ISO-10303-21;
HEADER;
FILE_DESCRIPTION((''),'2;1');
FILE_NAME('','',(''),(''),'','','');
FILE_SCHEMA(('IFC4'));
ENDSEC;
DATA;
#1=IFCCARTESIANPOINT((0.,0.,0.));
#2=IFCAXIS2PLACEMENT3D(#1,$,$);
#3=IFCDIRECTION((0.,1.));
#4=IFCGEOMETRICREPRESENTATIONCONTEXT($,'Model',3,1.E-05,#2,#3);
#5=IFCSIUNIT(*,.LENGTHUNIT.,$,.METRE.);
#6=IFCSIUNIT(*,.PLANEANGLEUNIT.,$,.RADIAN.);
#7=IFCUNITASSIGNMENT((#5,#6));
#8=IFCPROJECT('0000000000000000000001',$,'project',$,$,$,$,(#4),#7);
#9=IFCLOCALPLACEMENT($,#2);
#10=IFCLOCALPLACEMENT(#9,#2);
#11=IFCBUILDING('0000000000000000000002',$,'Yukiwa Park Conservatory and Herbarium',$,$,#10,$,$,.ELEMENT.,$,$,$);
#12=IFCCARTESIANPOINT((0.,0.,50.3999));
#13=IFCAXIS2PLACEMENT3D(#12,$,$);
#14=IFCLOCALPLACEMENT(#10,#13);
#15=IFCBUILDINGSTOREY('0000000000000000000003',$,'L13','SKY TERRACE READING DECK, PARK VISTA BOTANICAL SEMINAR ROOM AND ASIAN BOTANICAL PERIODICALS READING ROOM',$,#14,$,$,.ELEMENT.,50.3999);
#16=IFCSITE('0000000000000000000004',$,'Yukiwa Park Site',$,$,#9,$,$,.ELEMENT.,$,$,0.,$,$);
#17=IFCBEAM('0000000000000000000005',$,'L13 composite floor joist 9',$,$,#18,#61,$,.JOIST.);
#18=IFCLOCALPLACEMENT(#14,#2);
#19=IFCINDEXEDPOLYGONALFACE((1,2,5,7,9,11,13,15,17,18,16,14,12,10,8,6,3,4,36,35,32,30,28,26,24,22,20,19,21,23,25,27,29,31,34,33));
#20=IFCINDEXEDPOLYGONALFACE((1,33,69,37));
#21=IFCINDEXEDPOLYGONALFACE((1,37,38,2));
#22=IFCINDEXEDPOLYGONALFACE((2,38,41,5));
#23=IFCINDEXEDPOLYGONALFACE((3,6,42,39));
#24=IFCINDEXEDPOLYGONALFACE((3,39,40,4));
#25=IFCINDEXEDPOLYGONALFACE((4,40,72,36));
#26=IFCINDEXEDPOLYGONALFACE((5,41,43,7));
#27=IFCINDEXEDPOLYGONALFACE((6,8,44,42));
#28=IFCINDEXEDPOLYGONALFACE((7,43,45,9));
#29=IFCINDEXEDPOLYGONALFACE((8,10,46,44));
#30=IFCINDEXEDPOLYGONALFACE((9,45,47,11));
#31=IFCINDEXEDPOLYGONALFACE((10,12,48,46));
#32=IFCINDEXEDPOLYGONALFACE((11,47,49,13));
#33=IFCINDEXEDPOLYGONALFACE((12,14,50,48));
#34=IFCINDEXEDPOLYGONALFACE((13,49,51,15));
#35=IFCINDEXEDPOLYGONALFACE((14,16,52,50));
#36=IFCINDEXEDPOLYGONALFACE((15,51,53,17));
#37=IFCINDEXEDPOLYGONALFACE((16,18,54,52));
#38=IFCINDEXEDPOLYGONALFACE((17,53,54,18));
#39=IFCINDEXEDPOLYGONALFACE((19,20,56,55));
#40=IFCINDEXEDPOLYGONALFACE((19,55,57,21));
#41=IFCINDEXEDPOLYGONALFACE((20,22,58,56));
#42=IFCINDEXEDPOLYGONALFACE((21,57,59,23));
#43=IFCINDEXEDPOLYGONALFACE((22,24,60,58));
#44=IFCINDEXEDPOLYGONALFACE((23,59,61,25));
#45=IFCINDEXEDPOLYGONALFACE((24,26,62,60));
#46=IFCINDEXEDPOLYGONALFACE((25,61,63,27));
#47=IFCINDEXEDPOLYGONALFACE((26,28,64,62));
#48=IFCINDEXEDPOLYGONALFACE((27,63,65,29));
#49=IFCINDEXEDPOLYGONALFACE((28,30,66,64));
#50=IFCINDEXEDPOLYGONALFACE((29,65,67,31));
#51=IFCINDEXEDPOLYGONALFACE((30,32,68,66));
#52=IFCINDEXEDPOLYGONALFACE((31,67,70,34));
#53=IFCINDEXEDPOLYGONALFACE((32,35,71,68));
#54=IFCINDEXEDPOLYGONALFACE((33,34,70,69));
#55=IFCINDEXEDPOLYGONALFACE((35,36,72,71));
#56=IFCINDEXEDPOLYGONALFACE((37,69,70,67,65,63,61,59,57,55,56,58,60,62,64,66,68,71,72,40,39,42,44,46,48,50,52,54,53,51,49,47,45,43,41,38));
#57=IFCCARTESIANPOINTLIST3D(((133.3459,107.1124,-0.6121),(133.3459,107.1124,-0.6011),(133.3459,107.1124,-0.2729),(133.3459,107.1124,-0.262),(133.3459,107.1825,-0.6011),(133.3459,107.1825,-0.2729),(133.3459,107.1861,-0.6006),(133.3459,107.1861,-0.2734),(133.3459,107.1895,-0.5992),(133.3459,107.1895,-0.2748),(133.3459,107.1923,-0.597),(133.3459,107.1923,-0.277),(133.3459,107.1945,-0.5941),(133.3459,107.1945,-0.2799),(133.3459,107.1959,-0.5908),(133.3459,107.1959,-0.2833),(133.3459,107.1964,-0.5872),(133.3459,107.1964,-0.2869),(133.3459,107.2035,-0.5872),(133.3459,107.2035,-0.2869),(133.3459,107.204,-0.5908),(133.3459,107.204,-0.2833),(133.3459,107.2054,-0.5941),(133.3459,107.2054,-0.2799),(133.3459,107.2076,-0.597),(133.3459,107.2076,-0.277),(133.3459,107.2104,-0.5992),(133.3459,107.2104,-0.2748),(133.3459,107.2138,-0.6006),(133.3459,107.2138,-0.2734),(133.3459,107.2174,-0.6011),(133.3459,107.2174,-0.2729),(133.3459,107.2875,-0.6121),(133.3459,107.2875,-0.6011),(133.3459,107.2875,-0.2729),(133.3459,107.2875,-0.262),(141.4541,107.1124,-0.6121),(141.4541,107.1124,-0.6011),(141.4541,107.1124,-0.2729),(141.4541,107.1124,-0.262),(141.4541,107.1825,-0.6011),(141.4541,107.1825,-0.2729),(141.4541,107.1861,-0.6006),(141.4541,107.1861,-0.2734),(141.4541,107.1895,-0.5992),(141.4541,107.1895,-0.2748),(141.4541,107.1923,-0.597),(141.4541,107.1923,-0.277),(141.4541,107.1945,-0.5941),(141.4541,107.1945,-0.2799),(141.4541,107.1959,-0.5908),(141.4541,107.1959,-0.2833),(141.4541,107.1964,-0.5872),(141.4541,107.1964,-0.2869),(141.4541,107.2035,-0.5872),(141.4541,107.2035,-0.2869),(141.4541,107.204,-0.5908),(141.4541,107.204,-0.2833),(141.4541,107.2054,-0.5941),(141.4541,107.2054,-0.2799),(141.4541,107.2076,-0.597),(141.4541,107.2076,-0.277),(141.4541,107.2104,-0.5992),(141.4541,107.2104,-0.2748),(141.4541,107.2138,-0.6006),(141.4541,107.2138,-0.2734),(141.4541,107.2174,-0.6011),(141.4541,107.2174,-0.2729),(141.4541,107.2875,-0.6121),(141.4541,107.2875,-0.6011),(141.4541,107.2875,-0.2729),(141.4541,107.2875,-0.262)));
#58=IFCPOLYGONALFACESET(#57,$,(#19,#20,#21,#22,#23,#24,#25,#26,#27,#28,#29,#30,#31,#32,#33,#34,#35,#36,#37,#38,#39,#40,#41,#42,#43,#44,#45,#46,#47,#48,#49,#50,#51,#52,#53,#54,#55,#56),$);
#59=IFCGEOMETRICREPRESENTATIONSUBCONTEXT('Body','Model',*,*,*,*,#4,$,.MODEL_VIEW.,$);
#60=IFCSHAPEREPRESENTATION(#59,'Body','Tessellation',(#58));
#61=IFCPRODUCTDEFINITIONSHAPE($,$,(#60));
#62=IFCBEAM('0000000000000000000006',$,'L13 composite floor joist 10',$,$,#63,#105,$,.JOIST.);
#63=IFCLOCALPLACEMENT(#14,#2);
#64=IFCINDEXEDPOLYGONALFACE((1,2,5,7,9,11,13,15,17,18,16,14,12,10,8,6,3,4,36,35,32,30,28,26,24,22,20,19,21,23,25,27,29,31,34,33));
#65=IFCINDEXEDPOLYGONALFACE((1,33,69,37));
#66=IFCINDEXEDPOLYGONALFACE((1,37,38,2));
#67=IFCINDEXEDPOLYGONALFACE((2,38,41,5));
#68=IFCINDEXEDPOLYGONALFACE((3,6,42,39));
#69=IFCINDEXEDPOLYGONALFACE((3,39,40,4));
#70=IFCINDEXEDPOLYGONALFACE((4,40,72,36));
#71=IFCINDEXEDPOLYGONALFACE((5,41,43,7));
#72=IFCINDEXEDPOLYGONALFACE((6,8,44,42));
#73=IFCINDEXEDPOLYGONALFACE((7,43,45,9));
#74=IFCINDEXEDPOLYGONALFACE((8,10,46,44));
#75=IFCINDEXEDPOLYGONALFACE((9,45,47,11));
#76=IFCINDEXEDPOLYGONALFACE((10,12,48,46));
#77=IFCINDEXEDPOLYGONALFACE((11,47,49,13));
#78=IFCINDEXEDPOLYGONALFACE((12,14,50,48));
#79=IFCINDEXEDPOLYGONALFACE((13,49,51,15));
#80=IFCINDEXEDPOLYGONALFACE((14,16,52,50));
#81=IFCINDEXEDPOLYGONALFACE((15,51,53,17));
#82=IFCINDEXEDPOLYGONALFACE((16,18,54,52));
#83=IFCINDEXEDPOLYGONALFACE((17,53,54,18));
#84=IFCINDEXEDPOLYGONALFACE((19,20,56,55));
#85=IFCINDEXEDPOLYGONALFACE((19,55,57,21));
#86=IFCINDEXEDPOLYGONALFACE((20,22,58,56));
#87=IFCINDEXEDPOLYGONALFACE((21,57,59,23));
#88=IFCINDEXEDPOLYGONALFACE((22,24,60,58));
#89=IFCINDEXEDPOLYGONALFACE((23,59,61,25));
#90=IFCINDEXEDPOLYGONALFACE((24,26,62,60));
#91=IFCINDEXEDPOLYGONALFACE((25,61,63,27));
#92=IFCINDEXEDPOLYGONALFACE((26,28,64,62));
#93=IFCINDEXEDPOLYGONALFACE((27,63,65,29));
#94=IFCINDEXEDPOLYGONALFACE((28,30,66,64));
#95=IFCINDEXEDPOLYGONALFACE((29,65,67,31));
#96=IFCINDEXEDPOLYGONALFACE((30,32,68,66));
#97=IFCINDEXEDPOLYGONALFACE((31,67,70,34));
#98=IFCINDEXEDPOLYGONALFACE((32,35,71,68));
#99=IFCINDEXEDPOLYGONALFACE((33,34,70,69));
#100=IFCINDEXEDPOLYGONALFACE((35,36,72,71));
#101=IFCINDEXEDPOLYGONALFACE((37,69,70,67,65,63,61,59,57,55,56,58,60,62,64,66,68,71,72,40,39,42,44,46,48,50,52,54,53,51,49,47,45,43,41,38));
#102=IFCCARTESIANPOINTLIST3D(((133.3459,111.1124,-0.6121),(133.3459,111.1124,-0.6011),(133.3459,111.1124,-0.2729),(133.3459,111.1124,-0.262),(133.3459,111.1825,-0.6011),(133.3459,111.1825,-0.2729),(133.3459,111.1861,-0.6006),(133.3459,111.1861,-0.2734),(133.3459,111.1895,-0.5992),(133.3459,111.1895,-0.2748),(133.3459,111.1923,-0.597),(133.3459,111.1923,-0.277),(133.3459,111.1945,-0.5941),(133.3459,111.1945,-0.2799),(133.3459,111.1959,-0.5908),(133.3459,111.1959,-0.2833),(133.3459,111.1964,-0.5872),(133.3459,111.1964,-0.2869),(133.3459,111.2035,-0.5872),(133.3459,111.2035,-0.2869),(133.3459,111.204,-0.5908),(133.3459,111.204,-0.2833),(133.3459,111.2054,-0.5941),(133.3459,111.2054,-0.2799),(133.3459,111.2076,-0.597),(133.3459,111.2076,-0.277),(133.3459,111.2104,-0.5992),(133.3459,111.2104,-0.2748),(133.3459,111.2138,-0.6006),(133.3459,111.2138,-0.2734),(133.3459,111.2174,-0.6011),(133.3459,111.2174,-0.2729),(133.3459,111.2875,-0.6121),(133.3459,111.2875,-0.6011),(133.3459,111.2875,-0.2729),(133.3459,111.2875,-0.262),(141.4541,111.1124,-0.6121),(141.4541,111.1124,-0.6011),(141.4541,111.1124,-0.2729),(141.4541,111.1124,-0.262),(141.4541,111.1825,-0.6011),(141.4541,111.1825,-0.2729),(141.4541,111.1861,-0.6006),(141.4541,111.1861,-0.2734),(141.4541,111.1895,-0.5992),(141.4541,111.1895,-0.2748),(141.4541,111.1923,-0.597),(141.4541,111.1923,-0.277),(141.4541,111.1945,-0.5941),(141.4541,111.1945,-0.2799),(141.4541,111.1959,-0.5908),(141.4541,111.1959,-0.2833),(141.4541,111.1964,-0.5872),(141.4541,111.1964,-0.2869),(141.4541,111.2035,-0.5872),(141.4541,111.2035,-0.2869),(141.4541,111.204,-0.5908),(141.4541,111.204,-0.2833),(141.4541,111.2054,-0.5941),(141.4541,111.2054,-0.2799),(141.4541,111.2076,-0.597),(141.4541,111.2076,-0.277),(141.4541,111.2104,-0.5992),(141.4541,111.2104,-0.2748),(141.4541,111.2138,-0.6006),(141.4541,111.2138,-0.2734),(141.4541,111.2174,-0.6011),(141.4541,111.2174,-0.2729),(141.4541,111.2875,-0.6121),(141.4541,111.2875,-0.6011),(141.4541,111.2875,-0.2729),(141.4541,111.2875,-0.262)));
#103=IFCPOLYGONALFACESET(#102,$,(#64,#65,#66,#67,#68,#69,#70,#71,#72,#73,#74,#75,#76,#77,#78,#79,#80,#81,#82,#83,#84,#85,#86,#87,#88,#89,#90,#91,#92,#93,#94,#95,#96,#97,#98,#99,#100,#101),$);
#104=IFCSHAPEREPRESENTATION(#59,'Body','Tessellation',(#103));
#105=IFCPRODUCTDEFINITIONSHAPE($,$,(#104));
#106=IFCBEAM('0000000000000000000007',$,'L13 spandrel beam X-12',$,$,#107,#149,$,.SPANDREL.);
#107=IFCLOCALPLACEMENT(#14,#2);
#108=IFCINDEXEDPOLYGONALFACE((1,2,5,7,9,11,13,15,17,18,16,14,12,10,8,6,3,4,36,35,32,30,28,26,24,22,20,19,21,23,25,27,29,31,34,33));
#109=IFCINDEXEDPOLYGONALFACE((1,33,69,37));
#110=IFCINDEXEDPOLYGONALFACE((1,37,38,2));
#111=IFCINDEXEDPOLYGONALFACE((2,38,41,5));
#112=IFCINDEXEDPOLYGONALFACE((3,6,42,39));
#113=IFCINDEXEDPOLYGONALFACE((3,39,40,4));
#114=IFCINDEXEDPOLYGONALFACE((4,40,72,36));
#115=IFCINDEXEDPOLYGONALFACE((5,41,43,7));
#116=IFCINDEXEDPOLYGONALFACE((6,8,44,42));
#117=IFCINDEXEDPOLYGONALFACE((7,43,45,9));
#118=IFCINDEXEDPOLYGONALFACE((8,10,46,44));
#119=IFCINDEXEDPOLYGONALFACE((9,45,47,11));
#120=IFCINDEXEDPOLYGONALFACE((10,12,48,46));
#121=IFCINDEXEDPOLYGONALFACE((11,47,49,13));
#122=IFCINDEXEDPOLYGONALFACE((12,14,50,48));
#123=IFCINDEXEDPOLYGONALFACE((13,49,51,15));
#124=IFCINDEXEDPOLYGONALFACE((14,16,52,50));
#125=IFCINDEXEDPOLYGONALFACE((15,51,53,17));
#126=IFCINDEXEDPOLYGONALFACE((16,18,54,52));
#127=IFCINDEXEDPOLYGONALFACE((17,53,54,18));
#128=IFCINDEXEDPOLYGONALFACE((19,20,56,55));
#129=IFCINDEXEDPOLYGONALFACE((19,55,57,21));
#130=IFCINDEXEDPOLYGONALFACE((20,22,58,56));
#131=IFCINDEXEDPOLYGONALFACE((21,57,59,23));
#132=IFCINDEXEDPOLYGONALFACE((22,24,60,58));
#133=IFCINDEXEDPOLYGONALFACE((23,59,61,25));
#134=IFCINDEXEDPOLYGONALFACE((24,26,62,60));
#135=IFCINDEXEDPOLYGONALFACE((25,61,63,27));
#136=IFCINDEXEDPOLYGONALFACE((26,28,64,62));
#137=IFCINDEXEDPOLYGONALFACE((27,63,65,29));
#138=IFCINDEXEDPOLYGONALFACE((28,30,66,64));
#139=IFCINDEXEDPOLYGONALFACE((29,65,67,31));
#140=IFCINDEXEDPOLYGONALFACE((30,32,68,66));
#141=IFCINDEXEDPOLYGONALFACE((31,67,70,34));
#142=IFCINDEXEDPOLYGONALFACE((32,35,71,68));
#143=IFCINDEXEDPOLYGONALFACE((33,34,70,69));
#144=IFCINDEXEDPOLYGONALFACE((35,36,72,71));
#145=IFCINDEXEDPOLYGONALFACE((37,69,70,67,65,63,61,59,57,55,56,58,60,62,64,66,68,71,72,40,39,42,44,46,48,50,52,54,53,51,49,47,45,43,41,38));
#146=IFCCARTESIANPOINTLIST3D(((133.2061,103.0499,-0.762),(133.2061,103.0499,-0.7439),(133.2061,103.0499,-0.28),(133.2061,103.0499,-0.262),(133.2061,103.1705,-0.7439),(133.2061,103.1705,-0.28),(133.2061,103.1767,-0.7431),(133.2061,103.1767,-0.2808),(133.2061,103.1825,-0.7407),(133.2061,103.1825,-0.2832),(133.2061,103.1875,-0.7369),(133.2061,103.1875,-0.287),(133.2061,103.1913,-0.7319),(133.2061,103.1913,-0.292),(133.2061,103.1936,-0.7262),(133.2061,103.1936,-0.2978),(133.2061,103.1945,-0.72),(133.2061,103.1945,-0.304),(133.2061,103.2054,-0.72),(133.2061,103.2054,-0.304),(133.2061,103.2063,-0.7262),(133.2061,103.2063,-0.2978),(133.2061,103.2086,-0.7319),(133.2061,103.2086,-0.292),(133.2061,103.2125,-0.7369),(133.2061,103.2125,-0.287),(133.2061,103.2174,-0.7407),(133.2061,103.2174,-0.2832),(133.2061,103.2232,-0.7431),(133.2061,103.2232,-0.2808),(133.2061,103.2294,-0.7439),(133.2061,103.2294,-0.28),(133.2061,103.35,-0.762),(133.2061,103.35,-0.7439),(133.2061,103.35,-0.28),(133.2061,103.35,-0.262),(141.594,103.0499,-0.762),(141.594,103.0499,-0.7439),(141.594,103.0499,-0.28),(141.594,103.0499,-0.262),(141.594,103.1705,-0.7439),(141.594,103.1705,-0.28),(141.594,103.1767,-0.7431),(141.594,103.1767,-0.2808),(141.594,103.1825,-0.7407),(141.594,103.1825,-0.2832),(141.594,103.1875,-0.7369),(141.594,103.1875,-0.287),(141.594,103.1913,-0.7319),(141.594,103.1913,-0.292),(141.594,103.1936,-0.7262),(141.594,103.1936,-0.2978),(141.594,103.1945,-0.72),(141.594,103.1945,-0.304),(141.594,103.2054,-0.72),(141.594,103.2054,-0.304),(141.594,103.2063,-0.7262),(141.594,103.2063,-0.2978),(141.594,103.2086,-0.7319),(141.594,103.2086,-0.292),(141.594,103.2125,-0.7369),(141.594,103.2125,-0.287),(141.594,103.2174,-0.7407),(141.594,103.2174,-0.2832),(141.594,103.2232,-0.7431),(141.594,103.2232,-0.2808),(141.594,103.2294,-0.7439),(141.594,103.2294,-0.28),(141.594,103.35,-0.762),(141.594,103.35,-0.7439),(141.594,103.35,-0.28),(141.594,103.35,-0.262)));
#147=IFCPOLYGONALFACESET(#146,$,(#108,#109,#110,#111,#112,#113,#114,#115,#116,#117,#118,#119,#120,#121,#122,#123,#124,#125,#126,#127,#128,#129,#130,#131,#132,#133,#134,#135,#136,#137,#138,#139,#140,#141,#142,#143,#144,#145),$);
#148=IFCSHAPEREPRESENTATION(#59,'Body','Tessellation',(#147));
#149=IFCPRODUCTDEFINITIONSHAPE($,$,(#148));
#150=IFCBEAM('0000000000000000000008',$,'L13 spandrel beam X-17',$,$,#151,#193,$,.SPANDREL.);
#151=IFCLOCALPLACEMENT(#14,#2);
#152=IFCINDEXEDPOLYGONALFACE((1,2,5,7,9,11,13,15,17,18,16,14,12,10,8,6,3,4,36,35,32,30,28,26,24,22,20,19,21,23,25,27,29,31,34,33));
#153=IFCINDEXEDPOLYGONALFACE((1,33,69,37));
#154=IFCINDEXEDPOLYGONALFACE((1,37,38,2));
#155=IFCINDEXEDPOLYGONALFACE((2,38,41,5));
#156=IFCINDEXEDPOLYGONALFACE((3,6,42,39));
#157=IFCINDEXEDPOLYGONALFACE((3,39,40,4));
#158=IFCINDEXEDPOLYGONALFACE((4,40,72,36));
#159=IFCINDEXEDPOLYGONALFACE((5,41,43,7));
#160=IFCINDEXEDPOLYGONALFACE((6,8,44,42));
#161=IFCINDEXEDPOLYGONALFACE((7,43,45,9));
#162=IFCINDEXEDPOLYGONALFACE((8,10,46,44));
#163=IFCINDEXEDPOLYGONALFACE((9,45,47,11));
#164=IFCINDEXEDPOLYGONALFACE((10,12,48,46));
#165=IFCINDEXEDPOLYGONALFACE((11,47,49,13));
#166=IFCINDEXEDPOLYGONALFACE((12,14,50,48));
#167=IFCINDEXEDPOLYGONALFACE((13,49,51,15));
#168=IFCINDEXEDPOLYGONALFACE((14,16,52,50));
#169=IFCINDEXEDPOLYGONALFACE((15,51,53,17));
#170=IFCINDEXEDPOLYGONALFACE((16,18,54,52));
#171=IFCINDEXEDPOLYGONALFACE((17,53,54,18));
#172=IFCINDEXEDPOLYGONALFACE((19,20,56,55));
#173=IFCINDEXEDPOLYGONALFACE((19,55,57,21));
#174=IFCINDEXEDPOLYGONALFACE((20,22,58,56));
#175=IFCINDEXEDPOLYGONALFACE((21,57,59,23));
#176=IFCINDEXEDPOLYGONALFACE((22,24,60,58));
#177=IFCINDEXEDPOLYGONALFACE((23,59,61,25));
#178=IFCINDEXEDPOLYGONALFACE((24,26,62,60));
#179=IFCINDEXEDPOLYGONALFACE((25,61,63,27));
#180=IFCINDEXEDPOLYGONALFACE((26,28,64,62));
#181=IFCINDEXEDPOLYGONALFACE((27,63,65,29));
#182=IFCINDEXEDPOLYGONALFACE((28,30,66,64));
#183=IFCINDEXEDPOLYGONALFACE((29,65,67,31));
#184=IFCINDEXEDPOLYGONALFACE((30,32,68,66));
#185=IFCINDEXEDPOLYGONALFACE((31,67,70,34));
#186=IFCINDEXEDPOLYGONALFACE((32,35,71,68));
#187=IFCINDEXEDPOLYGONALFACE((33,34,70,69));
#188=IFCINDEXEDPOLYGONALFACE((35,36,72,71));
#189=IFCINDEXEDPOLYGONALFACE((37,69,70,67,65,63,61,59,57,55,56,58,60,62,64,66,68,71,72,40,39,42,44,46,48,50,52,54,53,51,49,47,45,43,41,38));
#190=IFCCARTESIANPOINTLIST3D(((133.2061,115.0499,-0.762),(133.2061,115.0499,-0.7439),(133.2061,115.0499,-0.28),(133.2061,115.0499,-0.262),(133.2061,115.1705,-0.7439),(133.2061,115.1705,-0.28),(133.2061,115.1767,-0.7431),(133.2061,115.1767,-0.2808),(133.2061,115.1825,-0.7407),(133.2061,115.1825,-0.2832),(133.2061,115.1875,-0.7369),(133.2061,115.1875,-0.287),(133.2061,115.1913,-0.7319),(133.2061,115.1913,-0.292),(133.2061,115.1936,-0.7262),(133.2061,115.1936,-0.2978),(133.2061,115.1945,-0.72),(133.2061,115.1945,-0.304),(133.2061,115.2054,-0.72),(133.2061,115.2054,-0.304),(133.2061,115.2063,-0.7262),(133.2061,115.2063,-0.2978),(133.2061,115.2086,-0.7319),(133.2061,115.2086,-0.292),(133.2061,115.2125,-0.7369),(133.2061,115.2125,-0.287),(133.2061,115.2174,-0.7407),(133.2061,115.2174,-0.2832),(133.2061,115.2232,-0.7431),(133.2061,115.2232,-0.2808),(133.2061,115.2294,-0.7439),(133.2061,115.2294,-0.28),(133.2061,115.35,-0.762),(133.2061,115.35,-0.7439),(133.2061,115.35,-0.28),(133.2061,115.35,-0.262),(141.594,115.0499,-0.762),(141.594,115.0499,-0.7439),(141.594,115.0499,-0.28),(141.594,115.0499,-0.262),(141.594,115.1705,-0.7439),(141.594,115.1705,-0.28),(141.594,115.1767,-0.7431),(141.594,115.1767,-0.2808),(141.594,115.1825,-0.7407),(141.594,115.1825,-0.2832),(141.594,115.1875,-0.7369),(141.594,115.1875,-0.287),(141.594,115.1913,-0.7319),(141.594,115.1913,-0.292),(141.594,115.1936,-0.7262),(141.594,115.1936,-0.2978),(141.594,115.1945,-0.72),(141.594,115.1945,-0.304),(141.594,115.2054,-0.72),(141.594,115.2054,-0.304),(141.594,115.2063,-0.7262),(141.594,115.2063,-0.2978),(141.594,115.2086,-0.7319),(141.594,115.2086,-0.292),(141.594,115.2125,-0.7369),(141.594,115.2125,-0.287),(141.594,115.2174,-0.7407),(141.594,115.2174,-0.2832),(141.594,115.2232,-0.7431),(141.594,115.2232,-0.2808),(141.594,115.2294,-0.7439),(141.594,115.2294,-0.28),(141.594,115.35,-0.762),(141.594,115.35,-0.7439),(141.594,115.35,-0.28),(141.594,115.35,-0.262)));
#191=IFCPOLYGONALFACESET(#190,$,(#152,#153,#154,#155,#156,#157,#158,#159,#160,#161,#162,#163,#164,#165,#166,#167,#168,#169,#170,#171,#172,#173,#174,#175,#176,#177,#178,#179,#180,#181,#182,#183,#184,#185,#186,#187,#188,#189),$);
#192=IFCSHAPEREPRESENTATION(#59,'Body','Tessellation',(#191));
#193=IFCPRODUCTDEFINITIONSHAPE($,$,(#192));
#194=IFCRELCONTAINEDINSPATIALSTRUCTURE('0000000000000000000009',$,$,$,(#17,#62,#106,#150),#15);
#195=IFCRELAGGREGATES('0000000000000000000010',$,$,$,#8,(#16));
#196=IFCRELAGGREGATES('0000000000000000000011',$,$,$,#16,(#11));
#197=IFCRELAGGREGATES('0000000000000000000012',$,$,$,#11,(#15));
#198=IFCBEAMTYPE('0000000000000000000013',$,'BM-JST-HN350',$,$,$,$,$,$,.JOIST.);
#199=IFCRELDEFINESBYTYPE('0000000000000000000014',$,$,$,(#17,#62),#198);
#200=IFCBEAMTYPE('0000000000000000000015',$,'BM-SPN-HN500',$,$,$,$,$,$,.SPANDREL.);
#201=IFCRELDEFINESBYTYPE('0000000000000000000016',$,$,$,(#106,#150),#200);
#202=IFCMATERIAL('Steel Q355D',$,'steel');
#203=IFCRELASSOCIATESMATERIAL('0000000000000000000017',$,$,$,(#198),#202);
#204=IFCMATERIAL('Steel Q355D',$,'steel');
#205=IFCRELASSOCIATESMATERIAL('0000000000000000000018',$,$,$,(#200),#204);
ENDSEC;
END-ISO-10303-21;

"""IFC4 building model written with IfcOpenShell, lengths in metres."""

from ifc_helpers import new_model, si_unit, direction, frame, origin, origin_2d, place, context, subcontext, project, spatial, i_section, extrude, material, material_profile, profile_set, type_object, element, save


model = new_model("IFC4")

# Units and contexts
model_context = context("Model", 3, precision=1e-05, world=origin(), true_north=direction((0.0, 1.0)))
body_context = subcontext(model_context, "Body", "Model", "MODEL_VIEW")
ifc_project = project(units=[si_unit("LENGTHUNIT", "METRE"), si_unit("PLANEANGLEUNIT", "RADIAN")], contexts=[model_context])

# Site, building, storey
site_placement = place(None, origin())
site = spatial("IfcSite", under=ifc_project, at=site_placement, Name="Yukiwa Park Site", CompositionType="ELEMENT", RefElevation=0.0)
building_placement = place(site_placement, origin())
building = spatial("IfcBuilding", under=site, at=building_placement, Name="Yukiwa Park Conservatory and Herbarium", CompositionType="ELEMENT")
storey_placement = place(building_placement, frame((0.0, 0.0, 50.3999)))
storey = spatial("IfcBuildingStorey", under=building, at=storey_placement, Name="L13", Description="SKY TERRACE READING DECK, PARK VISTA BOTANICAL SEMINAR ROOM AND ASIAN BOTANICAL PERIODICALS READING ROOM", CompositionType="ELEMENT", Elevation=50.3999)

# Beams
ifc_material_1 = material(Name="Steel Q355D", Category="steel")
ifc_material_profile_1 = material_profile(ifc_material_1, i_section(OverallWidth=0.175, OverallDepth=0.3501, WebThickness=0.0071, FlangeThickness=0.011, FilletRadius=0.0139, at=origin_2d()), Name="HN 350x175x7x11")
ifc_profile_set_1 = profile_set([ifc_material_profile_1], Name="Steel Q355D")
beam_type_1 = type_object("IfcBeamType", Name="BM-JST-HN350", PredefinedType="JOIST", material=ifc_profile_set_1)
for number, where, z_axis, x_axis, name in (
    (1, (133.3459, 107.2, -0.437), (1.0, 0.0, 0.0), (0.0, 1.0, 0.0), "L13 composite floor joist 9"),
    (2, (133.3459, 111.2, -0.437), (1.0, 0.0, 0.0), (0.0, 1.0, 0.0), "L13 composite floor joist 10"),
):
    element("IfcBeam", number, at=place(storey_placement, frame(where, z_axis=z_axis, x_axis=x_axis)), inside=storey, type_object=beam_type_1, Name=name, PredefinedType="JOIST", context=body_context, shape_type="SweptSolid", body=[
        extrude(i_section(OverallWidth=0.175, OverallDepth=0.3501, WebThickness=0.0071, FlangeThickness=0.011, FilletRadius=0.0139, at=origin_2d()), origin(), (0.0, 0.0, 1.0), 8.1082),
    ])
ifc_material_2 = material(Name="Steel Q355D", Category="steel")
ifc_material_profile_2 = material_profile(ifc_material_2, i_section(OverallWidth=0.3, OverallDepth=0.5, WebThickness=0.011, FlangeThickness=0.0181, FilletRadius=0.0239, at=origin_2d()), Name="HM 500x300x11x18")
ifc_profile_set_2 = profile_set([ifc_material_profile_2], Name="Steel Q355D")
beam_type_2 = type_object("IfcBeamType", Name="BM-SPN-HN500", PredefinedType="SPANDREL", material=ifc_profile_set_2)
for number, where, z_axis, x_axis, name in (
    (3, (133.2061, 103.2, -0.512), (1.0, 0.0, 0.0), (0.0, 1.0, 0.0), "L13 spandrel beam X-12"),
    (4, (133.2061, 115.2, -0.512), (1.0, 0.0, 0.0), (0.0, 1.0, 0.0), "L13 spandrel beam X-17"),
):
    element("IfcBeam", number, at=place(storey_placement, frame(where, z_axis=z_axis, x_axis=x_axis)), inside=storey, type_object=beam_type_2, Name=name, PredefinedType="SPANDREL", context=body_context, shape_type="SweptSolid", body=[
        extrude(i_section(OverallWidth=0.3, OverallDepth=0.5, WebThickness=0.011, FlangeThickness=0.0181, FilletRadius=0.0239, at=origin_2d()), origin(), (0.0, 0.0, 1.0), 8.3879),
    ])

save(model, "model.ifc")
